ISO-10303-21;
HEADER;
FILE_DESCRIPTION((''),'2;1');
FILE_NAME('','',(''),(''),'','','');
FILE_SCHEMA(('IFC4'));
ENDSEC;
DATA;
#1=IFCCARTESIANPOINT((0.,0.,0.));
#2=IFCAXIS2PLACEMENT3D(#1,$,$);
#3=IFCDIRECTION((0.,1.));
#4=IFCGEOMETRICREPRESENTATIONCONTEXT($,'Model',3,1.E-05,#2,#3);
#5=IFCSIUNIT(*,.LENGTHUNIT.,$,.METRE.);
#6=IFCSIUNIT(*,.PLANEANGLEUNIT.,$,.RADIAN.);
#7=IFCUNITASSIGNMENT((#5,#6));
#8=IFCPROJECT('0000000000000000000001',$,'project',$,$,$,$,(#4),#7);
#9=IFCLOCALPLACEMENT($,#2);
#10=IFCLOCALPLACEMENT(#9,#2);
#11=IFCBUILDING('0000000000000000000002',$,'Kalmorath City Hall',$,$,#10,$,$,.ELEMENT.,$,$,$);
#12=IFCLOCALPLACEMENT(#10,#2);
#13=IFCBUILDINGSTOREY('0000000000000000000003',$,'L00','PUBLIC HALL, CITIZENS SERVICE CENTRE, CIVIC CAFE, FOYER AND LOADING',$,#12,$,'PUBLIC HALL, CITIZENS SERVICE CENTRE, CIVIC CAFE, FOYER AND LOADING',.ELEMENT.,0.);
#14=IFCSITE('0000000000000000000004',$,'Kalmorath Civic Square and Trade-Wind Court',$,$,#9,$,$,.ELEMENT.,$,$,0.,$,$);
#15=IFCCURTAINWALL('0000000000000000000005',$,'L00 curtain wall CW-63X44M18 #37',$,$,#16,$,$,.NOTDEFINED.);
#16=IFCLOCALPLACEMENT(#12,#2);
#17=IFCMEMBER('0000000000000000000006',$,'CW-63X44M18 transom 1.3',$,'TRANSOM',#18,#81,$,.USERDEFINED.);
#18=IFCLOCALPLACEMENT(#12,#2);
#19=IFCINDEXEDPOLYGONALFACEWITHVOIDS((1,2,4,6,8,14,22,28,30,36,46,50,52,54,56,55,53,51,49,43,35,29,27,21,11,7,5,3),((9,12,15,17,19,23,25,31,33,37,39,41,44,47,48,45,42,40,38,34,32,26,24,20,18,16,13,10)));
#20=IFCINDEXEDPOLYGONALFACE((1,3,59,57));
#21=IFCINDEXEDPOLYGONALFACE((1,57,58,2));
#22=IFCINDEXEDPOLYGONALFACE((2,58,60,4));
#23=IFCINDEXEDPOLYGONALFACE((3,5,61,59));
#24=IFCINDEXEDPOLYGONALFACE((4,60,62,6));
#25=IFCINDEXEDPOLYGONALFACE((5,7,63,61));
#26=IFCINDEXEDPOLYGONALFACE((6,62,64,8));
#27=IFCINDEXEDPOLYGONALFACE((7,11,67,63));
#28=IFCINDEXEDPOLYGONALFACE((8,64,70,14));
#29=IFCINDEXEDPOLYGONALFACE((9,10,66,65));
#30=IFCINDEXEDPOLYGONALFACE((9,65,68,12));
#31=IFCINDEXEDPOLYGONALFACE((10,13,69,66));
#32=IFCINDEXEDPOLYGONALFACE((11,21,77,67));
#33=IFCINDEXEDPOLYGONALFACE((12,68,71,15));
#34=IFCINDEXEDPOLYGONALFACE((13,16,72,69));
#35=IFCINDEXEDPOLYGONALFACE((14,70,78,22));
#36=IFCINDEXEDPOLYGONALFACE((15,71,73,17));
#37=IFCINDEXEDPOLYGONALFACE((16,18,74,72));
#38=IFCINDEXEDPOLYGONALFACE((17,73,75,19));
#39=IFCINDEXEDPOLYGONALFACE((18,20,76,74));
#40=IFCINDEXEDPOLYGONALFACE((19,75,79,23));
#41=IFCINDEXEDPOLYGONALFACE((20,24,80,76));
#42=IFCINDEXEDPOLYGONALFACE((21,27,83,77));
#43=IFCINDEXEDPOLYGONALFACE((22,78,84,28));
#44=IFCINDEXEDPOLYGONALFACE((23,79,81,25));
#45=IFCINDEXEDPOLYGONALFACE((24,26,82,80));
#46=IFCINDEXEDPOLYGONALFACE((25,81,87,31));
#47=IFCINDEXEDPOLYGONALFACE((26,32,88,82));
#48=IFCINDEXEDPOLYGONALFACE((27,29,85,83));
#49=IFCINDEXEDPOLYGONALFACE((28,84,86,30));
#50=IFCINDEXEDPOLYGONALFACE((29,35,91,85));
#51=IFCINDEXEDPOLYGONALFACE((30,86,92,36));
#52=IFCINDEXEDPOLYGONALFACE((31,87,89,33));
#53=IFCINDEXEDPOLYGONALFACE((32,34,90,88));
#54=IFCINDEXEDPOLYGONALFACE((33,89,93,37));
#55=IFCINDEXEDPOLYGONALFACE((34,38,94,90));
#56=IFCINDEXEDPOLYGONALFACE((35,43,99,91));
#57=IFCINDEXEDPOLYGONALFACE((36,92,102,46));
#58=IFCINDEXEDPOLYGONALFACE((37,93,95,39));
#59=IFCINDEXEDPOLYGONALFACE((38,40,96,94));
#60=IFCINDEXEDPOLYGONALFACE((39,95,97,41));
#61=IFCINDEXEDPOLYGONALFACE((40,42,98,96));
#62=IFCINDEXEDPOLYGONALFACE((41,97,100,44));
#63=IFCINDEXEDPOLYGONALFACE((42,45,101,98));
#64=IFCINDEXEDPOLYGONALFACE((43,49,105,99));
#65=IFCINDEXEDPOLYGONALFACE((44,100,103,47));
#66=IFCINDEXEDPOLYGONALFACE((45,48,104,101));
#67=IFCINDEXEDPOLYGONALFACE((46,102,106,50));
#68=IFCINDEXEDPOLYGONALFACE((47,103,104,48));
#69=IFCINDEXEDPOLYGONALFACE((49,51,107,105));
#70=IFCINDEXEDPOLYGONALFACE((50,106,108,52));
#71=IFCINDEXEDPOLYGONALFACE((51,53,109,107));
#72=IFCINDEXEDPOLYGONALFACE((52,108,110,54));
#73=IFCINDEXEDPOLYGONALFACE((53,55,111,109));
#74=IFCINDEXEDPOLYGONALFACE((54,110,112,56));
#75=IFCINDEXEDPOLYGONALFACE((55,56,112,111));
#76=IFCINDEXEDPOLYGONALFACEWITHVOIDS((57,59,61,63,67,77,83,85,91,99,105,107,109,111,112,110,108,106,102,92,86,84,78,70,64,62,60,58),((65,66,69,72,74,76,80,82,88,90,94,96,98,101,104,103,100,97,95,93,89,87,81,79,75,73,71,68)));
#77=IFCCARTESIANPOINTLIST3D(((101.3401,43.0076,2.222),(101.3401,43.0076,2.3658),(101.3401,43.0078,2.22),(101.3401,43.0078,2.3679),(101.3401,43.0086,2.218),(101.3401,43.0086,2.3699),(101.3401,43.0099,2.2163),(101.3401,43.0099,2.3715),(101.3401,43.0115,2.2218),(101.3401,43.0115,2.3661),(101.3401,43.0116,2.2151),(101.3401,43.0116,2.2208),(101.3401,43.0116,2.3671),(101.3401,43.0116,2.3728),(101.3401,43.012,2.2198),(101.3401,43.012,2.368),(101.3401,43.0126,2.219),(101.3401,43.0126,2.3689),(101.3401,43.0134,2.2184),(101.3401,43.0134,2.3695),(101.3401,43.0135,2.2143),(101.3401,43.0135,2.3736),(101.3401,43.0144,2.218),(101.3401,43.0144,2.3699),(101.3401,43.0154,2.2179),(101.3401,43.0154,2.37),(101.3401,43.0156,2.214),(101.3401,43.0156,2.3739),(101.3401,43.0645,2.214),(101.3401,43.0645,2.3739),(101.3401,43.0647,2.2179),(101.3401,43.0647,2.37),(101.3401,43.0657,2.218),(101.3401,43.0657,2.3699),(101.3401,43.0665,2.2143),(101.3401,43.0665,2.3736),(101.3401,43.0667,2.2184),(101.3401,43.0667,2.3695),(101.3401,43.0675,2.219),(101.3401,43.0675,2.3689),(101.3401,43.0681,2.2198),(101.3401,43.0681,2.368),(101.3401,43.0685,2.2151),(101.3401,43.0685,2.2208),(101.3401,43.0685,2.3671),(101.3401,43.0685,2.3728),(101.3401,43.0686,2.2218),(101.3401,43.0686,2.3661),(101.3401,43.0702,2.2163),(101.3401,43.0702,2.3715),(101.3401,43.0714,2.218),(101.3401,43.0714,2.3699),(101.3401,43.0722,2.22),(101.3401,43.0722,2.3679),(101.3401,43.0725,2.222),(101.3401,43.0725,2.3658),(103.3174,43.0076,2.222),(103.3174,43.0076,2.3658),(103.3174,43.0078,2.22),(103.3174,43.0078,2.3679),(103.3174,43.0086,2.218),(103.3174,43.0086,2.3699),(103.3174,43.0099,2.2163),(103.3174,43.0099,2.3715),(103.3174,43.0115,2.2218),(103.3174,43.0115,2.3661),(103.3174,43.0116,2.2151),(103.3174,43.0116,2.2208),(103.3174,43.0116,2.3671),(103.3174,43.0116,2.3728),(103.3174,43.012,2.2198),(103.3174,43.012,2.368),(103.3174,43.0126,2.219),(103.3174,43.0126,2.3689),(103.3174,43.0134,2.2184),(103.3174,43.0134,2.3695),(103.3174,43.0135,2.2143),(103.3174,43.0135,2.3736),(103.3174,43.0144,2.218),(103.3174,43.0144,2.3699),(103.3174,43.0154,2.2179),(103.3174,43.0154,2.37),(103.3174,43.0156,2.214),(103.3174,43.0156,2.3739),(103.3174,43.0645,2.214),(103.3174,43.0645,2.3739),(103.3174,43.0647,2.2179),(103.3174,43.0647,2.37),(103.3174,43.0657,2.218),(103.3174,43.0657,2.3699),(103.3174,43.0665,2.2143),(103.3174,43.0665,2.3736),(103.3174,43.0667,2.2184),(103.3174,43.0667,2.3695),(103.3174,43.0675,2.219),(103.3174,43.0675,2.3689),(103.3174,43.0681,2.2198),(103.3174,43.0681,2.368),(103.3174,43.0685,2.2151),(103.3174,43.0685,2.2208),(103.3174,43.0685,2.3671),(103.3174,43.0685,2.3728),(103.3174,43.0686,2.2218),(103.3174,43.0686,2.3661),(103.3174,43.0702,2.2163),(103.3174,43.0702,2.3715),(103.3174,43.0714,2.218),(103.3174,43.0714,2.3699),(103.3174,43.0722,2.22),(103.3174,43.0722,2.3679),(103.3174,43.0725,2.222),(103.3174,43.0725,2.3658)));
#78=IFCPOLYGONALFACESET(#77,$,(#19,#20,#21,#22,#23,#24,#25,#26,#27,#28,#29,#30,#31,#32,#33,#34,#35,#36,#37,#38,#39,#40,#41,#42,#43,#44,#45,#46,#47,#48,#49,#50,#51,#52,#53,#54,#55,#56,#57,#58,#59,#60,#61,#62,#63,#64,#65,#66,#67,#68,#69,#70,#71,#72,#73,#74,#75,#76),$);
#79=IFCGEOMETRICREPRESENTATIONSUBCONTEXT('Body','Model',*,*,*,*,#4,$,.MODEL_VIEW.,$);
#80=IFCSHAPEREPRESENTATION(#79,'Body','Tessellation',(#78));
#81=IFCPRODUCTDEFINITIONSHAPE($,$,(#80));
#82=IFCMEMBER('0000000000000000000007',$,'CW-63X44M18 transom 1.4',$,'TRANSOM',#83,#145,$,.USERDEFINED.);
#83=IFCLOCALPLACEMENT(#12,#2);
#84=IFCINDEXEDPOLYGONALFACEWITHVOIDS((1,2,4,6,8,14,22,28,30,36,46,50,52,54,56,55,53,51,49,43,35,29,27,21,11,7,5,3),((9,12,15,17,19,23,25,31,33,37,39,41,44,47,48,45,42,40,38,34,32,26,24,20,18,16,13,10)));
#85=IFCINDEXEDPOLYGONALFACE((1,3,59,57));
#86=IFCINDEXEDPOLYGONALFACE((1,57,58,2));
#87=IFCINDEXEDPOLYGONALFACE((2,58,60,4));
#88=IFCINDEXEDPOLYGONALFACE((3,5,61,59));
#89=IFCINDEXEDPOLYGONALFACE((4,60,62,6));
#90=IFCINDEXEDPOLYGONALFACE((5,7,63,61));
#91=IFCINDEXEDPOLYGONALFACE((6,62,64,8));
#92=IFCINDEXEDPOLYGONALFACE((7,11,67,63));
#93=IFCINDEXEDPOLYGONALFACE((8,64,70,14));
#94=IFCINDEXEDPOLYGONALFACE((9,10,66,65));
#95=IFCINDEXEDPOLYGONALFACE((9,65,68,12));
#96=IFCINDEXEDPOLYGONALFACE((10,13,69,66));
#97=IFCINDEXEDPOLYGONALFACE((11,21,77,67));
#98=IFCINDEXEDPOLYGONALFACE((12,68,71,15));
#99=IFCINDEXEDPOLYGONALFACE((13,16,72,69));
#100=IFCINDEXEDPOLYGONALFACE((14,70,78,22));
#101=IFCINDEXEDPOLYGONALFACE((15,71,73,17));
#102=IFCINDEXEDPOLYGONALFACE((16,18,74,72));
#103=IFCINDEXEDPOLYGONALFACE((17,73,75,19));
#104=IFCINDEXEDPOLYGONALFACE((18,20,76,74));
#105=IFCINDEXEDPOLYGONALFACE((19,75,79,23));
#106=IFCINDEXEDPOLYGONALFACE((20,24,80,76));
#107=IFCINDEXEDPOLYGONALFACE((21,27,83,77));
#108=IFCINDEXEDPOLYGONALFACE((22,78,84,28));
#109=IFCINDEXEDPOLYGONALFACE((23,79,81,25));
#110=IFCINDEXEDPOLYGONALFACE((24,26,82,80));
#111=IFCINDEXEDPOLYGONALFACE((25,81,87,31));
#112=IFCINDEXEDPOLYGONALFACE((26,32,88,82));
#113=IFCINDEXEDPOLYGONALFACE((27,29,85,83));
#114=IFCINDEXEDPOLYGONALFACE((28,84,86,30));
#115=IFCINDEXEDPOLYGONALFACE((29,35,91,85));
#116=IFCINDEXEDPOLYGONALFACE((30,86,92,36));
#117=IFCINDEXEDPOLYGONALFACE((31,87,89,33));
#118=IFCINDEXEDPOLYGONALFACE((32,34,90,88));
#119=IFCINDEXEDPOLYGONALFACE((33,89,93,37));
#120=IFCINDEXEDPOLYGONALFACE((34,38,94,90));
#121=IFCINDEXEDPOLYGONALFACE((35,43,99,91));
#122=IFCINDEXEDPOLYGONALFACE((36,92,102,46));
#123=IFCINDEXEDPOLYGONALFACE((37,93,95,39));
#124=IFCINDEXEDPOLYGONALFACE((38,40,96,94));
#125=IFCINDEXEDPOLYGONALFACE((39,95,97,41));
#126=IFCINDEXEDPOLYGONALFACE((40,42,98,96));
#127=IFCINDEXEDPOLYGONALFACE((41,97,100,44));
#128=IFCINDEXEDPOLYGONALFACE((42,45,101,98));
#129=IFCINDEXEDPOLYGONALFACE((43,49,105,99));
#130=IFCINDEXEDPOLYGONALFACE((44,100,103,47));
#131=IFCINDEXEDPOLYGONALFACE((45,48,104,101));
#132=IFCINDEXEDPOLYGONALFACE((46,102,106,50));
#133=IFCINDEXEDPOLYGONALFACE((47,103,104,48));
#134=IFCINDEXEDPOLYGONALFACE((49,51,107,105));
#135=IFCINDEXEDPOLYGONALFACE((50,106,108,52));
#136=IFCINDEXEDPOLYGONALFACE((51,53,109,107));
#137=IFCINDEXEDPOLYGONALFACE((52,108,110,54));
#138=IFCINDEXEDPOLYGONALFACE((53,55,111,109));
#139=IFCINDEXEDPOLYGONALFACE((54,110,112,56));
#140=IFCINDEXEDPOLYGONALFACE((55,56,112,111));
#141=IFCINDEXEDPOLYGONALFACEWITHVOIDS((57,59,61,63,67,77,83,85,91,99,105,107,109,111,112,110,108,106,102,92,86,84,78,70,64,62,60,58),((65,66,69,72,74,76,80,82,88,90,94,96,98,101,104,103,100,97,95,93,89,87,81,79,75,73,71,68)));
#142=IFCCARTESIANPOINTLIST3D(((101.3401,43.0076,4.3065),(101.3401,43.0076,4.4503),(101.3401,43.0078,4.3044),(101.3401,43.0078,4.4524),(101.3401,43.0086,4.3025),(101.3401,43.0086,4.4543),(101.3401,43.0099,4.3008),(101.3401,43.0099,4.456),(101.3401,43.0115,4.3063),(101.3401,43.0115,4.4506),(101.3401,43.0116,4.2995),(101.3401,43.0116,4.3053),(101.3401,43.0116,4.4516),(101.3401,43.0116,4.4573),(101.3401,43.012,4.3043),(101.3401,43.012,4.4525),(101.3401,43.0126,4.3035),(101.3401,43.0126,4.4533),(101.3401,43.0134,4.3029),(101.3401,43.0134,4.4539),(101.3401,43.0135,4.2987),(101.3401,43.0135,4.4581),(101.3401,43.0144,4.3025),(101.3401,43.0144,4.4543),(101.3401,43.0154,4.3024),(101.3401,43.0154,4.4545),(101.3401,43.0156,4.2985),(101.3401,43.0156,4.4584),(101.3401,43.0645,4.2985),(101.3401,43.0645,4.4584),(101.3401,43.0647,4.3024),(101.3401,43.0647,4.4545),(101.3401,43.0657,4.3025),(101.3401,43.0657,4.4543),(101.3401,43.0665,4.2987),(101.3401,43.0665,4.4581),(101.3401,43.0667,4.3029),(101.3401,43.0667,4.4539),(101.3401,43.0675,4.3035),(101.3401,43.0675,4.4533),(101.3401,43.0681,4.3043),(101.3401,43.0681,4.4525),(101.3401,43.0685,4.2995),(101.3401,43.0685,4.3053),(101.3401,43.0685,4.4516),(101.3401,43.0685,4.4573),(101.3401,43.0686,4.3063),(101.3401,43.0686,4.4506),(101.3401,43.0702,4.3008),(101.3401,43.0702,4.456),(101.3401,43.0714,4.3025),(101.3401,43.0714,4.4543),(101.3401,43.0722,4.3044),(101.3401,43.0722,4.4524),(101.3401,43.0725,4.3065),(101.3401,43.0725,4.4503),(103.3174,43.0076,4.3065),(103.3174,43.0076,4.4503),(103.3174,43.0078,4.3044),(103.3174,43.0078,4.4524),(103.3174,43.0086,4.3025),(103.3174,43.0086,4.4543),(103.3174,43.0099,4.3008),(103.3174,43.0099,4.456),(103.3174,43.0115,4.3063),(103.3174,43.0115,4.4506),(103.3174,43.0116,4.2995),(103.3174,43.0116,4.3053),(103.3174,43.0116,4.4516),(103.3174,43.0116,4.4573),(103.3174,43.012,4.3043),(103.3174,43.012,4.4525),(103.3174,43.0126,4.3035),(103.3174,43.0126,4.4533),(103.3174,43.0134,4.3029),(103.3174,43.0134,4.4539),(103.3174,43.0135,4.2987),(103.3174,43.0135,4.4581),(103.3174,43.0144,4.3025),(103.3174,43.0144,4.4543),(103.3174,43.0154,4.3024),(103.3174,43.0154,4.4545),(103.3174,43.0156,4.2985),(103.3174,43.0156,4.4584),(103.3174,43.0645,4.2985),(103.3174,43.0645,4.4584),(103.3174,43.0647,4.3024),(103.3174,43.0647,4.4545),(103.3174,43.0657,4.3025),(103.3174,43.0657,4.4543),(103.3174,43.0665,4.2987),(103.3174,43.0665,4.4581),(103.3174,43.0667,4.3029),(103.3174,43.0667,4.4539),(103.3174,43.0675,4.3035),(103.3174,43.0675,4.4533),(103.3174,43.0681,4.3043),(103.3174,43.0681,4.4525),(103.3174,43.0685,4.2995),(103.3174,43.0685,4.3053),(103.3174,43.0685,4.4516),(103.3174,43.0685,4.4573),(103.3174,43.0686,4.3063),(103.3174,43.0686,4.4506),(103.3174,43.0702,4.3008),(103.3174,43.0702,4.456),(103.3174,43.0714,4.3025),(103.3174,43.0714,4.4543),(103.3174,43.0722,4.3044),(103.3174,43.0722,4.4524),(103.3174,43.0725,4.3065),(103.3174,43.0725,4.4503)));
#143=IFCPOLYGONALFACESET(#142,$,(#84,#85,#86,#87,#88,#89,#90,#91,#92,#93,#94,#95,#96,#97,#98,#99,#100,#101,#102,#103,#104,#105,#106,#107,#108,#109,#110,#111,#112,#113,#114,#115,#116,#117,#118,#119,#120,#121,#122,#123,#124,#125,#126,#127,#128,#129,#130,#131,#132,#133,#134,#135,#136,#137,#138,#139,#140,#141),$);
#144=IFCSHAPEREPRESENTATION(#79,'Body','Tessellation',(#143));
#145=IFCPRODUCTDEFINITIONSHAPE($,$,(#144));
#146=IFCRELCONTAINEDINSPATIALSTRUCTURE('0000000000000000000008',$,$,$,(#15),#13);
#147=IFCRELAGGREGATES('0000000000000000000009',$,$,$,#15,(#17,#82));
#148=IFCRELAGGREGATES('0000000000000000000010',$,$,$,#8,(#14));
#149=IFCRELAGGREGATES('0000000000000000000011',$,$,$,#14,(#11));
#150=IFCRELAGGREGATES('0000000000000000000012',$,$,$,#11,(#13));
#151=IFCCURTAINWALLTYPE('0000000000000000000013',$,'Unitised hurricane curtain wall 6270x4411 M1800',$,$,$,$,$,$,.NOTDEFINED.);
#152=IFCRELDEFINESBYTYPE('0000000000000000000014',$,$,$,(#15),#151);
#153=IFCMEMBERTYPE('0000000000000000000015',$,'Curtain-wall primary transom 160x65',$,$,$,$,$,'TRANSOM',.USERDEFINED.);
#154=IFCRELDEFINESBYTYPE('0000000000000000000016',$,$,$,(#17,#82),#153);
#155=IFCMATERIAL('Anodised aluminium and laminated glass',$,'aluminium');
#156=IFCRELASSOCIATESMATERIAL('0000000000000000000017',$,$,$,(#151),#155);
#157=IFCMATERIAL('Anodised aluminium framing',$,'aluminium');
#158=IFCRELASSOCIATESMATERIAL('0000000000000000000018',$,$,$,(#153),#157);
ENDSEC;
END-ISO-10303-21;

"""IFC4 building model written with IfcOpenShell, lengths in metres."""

from ifc_helpers import new_model, si_unit, direction, frame, origin, origin_2d, place, context, subcontext, project, spatial, hollow_rectangle, extrude, material, material_profile, profile_set, type_object, element, aggregate, save


model = new_model("IFC4")

# Units and contexts
model_context = context("Model", 3, precision=1e-05, world=origin(), true_north=direction((0.0, 1.0)))
body_context = subcontext(model_context, "Body", "Model", "MODEL_VIEW")
ifc_project = project(units=[si_unit("LENGTHUNIT", "METRE"), si_unit("PLANEANGLEUNIT", "RADIAN")], contexts=[model_context])

# Site, building, storey
site_placement = place(None, origin())
site = spatial("IfcSite", under=ifc_project, at=site_placement, Name="Kalmorath Civic Square and Trade-Wind Court", CompositionType="ELEMENT", RefElevation=0.0)
building_placement = place(site_placement, origin())
building = spatial("IfcBuilding", under=site, at=building_placement, Name="Kalmorath City Hall", CompositionType="ELEMENT")
storey_placement = place(building_placement, origin())
storey = spatial("IfcBuildingStorey", under=building, at=storey_placement, Name="L00", Description="PUBLIC HALL, CITIZENS SERVICE CENTRE, CIVIC CAFE, FOYER AND LOADING", LongName="PUBLIC HALL, CITIZENS SERVICE CENTRE, CIVIC CAFE, FOYER AND LOADING", CompositionType="ELEMENT", Elevation=0.0)

# Curtain wall
ifc_material_1 = material(Name="Anodised aluminium and laminated glass", Category="aluminium")
curtain_wall_type_1 = type_object("IfcCurtainWallType", Name="Unitised hurricane curtain wall 6270x4411 M1800", PredefinedType="NOTDEFINED", material=ifc_material_1)
curtain_wall_1_placement = place(storey_placement, origin())
curtain_wall_1 = element("IfcCurtainWall", 1, at=curtain_wall_1_placement, inside=storey, type_object=curtain_wall_type_1, Name="L00 curtain wall CW-63X44M18 #37", PredefinedType="NOTDEFINED")

# Members
ifc_material_2 = material(Name="Anodised aluminium framing", Category="aluminium")
ifc_material_profile_1 = material_profile(ifc_material_2, hollow_rectangle(XDim=0.0649, YDim=0.1599, WallThickness=0.0039, InnerFilletRadius=0.0039, OuterFilletRadius=0.0081, at=origin_2d()), Name="ALU-TRN-160X65X4")
ifc_profile_set_1 = profile_set([ifc_material_profile_1], Name="Anodised aluminium framing")
member_type_1 = type_object("IfcMemberType", Name="Curtain-wall primary transom 160x65", ElementType="TRANSOM", PredefinedType="USERDEFINED", material=ifc_profile_set_1)
member_1_placement = place(storey_placement, frame((101.3401, 43.04, 2.2939), z_axis=(1.0, 0.0, 0.0), x_axis=(0.0, 1.0, 0.0)))
member_1 = element("IfcMember", 2, at=member_1_placement, type_object=member_type_1, Name="CW-63X44M18 transom 1.3", ObjectType="TRANSOM", PredefinedType="USERDEFINED", context=body_context, shape_type="SweptSolid", body=[
    extrude(hollow_rectangle(XDim=0.0649, YDim=0.1599, WallThickness=0.0039, InnerFilletRadius=0.0039, OuterFilletRadius=0.0081, at=origin_2d()), origin(), (0.0, 0.0, 1.0), 1.9773),
])
member_2_placement = place(storey_placement, frame((101.3401, 43.04, 4.3784), z_axis=(1.0, 0.0, 0.0), x_axis=(0.0, 1.0, 0.0)))
member_2 = element("IfcMember", 3, at=member_2_placement, type_object=member_type_1, Name="CW-63X44M18 transom 1.4", ObjectType="TRANSOM", PredefinedType="USERDEFINED", context=body_context, shape_type="SweptSolid", body=[
    extrude(hollow_rectangle(XDim=0.0649, YDim=0.1599, WallThickness=0.0039, InnerFilletRadius=0.0039, OuterFilletRadius=0.0081, at=origin_2d()), origin(), (0.0, 0.0, 1.0), 1.9773),
])

aggregate(curtain_wall_1, [member_1, member_2])

save(model, "model.ifc")
